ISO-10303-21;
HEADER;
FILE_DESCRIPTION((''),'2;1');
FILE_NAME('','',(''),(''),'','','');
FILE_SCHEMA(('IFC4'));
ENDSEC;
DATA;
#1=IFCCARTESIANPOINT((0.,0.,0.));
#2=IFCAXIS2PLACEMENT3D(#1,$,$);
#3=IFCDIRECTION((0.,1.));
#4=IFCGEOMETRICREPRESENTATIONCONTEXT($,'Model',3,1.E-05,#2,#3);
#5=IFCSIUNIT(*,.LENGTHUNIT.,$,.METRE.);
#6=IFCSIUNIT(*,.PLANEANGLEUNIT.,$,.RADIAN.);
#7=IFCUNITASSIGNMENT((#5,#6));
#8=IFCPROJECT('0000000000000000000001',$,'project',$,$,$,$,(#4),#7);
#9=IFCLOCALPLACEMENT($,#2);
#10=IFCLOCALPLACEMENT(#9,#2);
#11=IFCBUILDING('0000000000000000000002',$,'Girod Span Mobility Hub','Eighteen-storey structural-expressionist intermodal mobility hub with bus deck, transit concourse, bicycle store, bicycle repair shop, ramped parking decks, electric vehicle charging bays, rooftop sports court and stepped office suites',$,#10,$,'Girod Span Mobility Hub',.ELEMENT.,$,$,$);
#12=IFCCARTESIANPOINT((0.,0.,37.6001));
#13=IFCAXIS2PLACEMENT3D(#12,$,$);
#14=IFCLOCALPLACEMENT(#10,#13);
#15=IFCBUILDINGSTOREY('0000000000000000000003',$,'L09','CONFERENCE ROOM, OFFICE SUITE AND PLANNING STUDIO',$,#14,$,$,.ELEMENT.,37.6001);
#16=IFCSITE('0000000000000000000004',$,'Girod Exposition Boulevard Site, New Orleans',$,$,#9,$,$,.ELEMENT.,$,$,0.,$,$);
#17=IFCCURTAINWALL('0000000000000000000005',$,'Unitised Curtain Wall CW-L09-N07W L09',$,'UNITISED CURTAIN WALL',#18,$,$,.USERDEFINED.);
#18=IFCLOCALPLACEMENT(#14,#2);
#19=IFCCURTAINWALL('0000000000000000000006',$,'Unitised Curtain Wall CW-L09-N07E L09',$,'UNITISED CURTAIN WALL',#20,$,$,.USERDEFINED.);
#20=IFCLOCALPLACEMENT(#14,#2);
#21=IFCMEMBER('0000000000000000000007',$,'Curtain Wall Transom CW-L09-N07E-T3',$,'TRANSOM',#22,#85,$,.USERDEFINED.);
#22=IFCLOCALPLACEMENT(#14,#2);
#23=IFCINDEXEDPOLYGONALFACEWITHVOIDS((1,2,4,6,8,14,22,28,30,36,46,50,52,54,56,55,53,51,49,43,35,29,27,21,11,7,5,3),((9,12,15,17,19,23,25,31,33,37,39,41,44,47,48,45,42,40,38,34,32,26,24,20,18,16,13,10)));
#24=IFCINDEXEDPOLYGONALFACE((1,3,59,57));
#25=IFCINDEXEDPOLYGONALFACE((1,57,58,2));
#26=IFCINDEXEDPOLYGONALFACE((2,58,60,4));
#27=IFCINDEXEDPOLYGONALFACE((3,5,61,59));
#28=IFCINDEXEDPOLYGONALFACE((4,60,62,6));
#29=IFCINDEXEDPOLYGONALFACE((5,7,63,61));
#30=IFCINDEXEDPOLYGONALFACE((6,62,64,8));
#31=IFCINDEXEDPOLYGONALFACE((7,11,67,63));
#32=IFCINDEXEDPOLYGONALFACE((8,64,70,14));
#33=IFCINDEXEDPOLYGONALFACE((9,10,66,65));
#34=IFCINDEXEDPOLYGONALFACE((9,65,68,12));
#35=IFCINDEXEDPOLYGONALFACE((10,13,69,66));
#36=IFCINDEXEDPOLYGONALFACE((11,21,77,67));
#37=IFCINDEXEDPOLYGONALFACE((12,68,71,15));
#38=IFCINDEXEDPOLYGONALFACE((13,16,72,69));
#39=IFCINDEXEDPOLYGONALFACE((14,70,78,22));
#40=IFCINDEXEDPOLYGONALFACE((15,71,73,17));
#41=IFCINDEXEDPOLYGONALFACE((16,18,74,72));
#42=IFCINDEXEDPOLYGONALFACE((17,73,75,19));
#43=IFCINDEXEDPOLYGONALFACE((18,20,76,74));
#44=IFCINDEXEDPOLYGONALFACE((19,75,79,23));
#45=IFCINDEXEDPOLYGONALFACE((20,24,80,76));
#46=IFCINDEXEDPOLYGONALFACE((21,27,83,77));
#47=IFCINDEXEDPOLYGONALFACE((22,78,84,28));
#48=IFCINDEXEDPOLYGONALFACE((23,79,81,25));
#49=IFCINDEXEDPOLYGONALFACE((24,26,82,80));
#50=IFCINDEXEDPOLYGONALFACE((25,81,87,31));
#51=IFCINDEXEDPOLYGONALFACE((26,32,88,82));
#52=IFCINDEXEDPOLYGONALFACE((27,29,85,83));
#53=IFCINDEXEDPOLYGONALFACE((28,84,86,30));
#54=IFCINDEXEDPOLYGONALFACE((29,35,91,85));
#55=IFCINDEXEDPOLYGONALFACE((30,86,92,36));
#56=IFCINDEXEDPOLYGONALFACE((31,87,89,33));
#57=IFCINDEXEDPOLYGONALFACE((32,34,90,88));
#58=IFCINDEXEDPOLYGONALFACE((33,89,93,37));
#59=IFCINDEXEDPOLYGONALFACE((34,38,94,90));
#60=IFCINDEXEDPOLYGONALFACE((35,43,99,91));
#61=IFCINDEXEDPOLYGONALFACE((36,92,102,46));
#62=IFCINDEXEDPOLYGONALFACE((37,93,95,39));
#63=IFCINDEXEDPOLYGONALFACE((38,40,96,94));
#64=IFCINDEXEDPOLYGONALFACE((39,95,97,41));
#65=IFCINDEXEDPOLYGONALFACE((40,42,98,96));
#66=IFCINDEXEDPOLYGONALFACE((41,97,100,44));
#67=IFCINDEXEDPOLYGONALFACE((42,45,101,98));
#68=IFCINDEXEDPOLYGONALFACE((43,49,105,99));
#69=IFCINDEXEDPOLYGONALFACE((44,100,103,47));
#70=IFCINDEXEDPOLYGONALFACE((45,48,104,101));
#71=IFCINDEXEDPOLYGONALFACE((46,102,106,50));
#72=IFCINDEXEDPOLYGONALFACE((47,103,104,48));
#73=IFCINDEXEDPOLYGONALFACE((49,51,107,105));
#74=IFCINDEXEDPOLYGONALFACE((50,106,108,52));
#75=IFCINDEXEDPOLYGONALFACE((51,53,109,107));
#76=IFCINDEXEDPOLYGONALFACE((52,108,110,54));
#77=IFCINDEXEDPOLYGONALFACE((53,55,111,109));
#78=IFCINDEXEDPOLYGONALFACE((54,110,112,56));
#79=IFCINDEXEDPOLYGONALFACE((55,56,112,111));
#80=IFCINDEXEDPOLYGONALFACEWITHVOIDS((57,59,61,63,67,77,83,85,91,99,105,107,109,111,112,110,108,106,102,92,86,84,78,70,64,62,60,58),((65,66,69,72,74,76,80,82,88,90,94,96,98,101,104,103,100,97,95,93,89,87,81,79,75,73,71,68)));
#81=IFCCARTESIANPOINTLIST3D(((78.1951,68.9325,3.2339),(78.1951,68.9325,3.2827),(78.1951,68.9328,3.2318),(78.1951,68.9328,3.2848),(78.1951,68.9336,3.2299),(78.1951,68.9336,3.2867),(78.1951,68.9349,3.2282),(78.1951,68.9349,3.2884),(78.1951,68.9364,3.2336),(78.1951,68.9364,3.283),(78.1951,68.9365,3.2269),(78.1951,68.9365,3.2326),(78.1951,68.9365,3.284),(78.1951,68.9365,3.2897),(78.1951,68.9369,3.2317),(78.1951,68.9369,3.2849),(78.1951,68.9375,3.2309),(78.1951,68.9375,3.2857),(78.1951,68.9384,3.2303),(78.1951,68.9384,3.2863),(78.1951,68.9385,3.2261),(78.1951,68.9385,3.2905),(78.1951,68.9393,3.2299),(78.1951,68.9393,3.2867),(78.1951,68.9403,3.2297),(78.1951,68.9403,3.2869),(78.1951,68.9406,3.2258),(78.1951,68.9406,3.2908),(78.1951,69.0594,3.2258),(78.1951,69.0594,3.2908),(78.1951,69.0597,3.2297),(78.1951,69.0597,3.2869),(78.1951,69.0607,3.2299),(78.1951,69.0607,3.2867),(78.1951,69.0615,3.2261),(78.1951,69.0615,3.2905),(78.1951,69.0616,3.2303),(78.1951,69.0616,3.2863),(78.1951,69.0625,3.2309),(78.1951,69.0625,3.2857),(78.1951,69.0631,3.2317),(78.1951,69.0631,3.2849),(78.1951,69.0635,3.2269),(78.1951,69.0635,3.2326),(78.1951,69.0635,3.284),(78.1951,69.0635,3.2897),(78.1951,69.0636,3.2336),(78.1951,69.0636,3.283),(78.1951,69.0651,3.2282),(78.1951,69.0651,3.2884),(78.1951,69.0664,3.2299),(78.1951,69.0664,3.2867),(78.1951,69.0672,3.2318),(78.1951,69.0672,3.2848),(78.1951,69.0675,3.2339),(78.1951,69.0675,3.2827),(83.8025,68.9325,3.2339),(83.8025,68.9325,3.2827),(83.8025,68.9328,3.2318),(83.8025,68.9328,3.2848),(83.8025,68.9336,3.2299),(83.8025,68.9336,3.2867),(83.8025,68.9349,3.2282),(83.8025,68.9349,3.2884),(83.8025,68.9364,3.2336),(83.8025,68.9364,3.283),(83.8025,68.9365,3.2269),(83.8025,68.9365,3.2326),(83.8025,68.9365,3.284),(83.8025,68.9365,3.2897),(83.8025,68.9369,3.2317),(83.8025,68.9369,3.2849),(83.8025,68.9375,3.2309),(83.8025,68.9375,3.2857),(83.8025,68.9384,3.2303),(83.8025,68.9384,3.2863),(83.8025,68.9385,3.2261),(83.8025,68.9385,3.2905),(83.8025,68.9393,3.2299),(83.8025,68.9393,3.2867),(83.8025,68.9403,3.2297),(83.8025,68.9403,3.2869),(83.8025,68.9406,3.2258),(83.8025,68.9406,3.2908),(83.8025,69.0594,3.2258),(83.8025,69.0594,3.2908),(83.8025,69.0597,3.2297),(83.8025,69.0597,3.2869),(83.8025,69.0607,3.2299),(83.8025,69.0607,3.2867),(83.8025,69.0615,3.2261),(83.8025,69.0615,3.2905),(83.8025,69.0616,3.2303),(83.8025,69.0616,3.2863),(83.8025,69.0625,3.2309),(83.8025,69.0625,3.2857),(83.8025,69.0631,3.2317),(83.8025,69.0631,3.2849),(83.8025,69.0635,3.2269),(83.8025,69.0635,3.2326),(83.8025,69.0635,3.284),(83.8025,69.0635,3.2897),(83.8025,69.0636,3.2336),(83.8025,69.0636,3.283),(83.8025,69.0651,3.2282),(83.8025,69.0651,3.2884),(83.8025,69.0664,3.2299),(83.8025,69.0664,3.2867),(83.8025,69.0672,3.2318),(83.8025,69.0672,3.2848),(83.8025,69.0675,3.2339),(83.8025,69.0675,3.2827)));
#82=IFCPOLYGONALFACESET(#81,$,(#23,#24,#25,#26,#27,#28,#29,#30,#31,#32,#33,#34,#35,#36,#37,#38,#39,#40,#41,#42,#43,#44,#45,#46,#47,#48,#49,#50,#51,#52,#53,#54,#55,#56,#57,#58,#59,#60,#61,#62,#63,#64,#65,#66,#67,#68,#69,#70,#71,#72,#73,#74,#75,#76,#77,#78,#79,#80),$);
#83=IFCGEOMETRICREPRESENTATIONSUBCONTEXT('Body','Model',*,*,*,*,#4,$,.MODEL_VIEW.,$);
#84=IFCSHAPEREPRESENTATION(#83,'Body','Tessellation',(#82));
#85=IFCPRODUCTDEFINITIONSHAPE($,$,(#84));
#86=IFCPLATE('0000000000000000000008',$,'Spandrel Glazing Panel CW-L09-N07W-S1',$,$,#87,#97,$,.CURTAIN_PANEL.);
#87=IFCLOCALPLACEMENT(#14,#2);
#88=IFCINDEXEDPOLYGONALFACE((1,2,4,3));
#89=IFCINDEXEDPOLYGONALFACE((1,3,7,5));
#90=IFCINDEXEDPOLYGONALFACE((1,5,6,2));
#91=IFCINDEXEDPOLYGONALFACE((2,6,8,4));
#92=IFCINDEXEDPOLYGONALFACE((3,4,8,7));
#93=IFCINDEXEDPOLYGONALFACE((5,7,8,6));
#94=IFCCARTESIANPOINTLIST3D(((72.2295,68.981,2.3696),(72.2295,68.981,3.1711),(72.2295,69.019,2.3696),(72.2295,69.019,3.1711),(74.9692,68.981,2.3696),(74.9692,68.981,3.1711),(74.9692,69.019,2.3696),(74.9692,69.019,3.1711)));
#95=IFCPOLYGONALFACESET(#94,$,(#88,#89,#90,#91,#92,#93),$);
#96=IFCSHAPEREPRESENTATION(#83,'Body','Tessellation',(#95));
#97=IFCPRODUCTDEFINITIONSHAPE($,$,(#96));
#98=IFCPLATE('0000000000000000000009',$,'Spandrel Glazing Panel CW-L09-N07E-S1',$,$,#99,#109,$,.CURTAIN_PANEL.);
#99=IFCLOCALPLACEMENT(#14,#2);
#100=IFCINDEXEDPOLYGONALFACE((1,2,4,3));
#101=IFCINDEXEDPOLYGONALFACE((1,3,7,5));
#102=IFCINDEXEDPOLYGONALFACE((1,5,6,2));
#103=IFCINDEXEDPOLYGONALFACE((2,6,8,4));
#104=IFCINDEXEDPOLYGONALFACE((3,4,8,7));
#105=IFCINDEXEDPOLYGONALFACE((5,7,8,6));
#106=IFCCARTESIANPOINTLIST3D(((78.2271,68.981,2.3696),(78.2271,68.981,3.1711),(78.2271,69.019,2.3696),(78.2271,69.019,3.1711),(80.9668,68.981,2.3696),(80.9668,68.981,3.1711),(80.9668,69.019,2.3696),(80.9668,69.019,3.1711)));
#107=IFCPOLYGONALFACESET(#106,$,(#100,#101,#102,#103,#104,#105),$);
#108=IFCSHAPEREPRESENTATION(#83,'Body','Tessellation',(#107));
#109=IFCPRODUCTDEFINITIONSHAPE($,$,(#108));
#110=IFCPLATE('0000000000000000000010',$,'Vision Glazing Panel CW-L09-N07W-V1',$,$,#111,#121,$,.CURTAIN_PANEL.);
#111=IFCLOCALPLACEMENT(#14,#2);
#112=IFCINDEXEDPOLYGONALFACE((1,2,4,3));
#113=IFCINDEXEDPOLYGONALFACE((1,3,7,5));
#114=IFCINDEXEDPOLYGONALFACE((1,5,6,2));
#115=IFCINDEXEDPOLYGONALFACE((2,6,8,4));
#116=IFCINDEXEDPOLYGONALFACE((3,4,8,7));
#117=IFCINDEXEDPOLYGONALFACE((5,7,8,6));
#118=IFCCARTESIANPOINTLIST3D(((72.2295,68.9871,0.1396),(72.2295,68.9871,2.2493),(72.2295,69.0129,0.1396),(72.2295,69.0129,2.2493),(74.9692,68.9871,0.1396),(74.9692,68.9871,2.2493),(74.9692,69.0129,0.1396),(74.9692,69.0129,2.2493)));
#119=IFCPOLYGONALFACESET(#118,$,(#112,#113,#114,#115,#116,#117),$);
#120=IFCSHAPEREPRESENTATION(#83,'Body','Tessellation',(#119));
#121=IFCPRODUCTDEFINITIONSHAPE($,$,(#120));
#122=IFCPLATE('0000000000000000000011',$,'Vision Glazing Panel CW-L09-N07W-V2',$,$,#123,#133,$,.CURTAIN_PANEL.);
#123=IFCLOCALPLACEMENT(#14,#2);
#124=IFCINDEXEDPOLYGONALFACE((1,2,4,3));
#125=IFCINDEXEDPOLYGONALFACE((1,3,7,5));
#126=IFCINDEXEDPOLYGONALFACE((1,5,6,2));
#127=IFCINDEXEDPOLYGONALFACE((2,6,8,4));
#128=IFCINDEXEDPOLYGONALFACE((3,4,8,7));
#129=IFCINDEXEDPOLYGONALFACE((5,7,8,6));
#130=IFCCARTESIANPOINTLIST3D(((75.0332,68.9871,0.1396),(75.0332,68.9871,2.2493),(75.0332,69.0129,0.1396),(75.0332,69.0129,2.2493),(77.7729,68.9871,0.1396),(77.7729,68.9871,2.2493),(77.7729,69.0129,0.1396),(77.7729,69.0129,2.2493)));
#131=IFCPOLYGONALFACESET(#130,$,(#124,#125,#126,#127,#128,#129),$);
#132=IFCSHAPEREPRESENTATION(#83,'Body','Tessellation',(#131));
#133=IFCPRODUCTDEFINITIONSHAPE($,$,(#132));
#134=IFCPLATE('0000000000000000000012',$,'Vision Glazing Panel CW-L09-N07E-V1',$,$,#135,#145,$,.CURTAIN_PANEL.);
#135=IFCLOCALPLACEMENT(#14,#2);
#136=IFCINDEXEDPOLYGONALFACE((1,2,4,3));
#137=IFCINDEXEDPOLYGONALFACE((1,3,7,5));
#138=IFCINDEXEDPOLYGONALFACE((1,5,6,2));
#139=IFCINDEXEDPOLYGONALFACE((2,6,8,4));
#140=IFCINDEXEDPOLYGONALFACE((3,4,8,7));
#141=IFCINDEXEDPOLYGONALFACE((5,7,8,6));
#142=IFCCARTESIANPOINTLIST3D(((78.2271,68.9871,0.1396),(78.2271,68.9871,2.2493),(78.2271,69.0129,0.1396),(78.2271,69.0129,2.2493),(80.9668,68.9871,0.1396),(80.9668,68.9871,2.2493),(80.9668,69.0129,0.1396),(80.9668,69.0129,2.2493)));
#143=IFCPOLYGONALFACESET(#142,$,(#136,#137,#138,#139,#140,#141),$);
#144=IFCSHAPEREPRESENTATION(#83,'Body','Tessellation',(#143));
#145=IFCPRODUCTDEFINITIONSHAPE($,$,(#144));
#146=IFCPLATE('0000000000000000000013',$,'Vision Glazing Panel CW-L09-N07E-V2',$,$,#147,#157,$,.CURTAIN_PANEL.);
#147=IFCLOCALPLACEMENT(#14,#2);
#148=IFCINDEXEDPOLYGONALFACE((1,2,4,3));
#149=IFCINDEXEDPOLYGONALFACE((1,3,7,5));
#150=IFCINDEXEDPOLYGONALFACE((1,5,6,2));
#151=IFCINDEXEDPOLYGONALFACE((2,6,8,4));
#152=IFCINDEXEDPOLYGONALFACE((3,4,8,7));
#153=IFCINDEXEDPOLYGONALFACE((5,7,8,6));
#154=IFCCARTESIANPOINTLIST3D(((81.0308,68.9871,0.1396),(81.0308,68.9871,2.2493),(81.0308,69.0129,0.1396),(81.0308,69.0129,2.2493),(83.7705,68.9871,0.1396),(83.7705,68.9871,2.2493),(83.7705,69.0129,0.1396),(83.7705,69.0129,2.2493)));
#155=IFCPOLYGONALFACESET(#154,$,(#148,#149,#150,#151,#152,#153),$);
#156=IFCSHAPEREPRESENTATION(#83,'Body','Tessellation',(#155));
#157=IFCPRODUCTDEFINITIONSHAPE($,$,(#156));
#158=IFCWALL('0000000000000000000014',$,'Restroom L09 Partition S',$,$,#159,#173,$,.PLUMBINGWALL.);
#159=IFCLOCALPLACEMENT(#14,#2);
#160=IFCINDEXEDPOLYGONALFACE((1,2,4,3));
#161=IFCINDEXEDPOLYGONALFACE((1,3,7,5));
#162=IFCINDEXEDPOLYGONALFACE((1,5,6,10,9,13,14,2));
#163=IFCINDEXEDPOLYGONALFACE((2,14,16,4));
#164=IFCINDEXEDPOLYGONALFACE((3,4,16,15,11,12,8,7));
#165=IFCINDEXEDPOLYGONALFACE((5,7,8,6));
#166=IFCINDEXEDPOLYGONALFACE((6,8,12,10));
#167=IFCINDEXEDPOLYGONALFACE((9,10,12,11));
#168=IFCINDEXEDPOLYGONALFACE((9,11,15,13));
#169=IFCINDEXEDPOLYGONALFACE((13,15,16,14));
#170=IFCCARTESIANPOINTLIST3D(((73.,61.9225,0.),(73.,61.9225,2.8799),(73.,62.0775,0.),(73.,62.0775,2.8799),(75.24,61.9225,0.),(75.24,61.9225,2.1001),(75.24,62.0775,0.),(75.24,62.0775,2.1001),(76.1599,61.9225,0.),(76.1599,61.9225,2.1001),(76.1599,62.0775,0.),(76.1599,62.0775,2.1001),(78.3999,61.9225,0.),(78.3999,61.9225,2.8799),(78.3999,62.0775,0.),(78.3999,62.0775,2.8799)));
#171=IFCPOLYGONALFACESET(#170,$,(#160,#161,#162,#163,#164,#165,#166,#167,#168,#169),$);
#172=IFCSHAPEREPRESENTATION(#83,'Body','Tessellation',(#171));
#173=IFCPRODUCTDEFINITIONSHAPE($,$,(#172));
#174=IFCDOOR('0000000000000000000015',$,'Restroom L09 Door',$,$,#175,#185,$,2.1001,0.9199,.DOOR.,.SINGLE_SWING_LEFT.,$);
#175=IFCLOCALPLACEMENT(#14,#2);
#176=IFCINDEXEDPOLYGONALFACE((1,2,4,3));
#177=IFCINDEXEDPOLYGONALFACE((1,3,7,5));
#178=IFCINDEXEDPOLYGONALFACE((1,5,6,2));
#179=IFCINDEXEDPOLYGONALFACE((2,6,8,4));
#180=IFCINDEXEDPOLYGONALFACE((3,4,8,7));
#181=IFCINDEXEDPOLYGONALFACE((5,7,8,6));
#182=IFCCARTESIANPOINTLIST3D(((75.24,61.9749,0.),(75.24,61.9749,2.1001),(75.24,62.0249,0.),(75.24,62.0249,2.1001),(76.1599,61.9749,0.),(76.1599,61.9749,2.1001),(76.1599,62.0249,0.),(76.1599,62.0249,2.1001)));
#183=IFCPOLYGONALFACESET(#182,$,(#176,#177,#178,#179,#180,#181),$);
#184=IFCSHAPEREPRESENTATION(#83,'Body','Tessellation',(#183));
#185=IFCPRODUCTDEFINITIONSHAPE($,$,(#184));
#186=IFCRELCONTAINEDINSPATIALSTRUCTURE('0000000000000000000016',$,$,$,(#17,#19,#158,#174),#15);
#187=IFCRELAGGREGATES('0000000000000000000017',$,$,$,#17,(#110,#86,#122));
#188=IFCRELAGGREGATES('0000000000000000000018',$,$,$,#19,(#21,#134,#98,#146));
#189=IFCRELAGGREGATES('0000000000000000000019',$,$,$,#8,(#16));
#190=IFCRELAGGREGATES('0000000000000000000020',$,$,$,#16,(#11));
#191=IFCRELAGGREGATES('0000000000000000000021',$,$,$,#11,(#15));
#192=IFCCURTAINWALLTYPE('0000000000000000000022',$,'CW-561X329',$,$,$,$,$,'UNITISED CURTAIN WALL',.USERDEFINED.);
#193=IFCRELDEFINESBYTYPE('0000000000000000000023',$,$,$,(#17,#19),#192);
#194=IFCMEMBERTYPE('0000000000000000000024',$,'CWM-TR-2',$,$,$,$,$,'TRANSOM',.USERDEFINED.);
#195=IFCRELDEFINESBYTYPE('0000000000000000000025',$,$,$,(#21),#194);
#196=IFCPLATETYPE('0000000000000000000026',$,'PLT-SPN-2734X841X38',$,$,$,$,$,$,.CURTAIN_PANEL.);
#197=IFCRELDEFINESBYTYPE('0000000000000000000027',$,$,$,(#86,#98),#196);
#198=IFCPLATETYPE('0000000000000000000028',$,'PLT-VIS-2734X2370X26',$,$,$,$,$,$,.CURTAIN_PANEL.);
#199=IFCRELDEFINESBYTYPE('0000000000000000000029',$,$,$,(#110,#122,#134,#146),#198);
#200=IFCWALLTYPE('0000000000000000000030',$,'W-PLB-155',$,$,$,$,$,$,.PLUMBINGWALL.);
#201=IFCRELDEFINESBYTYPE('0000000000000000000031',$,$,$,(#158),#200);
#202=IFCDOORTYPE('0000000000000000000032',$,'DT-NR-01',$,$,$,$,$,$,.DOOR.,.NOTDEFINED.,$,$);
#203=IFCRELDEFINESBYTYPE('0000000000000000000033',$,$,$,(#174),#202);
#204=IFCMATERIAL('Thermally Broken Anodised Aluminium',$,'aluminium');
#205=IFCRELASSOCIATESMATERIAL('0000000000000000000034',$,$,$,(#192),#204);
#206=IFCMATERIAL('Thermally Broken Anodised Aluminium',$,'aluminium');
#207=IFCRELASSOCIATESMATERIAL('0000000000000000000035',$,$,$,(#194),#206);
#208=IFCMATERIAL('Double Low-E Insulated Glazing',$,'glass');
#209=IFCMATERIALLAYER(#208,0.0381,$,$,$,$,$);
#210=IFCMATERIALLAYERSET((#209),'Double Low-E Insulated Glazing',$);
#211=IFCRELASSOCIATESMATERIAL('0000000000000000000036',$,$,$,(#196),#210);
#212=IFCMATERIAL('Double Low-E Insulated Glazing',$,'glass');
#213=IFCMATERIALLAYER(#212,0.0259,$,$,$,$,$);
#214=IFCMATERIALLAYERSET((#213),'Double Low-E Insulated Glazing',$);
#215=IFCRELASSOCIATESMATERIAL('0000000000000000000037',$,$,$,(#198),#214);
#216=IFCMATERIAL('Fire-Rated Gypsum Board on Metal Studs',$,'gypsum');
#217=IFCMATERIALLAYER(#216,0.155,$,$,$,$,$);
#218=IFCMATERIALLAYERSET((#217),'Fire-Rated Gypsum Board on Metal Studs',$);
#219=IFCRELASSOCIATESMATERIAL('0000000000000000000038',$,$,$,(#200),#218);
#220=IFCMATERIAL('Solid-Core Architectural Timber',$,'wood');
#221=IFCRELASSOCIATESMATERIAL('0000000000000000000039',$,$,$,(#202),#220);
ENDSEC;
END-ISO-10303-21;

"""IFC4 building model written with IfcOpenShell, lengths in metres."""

from ifc_helpers import new_model, si_unit, direction, frame, frame_2d, origin, origin_2d, place, context, subcontext, project, spatial, rectangle, hollow_rectangle, extrude, material, layer, layer_set, material_profile, profile_set, type_object, element, fill, aggregate, save


model = new_model("IFC4")

# Units and contexts
model_context = context("Model", 3, precision=1e-05, world=origin(), true_north=direction((0.0, 1.0)))
body_context = subcontext(model_context, "Body", "Model", "MODEL_VIEW")
ifc_project = project(units=[si_unit("LENGTHUNIT", "METRE"), si_unit("PLANEANGLEUNIT", "RADIAN")], contexts=[model_context])

# Site, building, storey
site_placement = place(None, origin())
site = spatial("IfcSite", under=ifc_project, at=site_placement, Name="Girod Exposition Boulevard Site, New Orleans", CompositionType="ELEMENT", RefElevation=0.0)
building_placement = place(site_placement, origin())
building = spatial("IfcBuilding", under=site, at=building_placement, Name="Girod Span Mobility Hub", Description="Eighteen-storey structural-expressionist intermodal mobility hub with bus deck, transit concourse, bicycle store, bicycle repair shop, ramped parking decks, electric vehicle charging bays, rooftop sports court and stepped office suites", LongName="Girod Span Mobility Hub", CompositionType="ELEMENT")
storey_placement = place(building_placement, frame((0.0, 0.0, 37.6001)))
storey = spatial("IfcBuildingStorey", under=building, at=storey_placement, Name="L09", Description="CONFERENCE ROOM, OFFICE SUITE AND PLANNING STUDIO", CompositionType="ELEMENT", Elevation=37.6001)

# Shared definitions
ifc_material_1 = material(Name="Thermally Broken Anodised Aluminium", Category="aluminium")
curtain_wall_type = type_object("IfcCurtainWallType", Name="CW-561X329", ElementType="UNITISED CURTAIN WALL", PredefinedType="USERDEFINED", material=ifc_material_1)

# Curtain walls
curtain_wall_1_placement = place(storey_placement, origin())
curtain_wall_1 = element("IfcCurtainWall", 1, at=curtain_wall_1_placement, inside=storey, type_object=curtain_wall_type, Name="Unitised Curtain Wall CW-L09-N07W L09", ObjectType="UNITISED CURTAIN WALL", PredefinedType="USERDEFINED")
curtain_wall_2_placement = place(storey_placement, origin())
curtain_wall_2 = element("IfcCurtainWall", 2, at=curtain_wall_2_placement, inside=storey, type_object=curtain_wall_type, Name="Unitised Curtain Wall CW-L09-N07E L09", ObjectType="UNITISED CURTAIN WALL", PredefinedType="USERDEFINED")

# Member
ifc_material_2 = material(Name="Thermally Broken Anodised Aluminium", Category="aluminium")
ifc_material_profile_1 = material_profile(ifc_material_2, hollow_rectangle(XDim=0.135, YDim=0.0649, WallThickness=0.0039, InnerFilletRadius=0.0039, OuterFilletRadius=0.0081, at=origin_2d()), Name="CW-TR-65X135")
ifc_profile_set_1 = profile_set([ifc_material_profile_1], Name="Thermally Broken Anodised Aluminium")
member_type_1 = type_object("IfcMemberType", Name="CWM-TR-2", ElementType="TRANSOM", PredefinedType="USERDEFINED", material=ifc_profile_set_1)
member_1_placement = place(storey_placement, frame((78.1951, 69.0, 3.2583), z_axis=(1.0, 0.0, 0.0), x_axis=(0.0, 1.0, 0.0)))
member_1 = element("IfcMember", 3, at=member_1_placement, type_object=member_type_1, Name="Curtain Wall Transom CW-L09-N07E-T3", ObjectType="TRANSOM", PredefinedType="USERDEFINED", context=body_context, shape_type="SweptSolid", body=[
    extrude(hollow_rectangle(XDim=0.135, YDim=0.0649, WallThickness=0.0039, InnerFilletRadius=0.0039, OuterFilletRadius=0.0081, at=origin_2d()), origin(), (0.0, 0.0, 1.0), 5.6074),
])

# Plates
ifc_material_3 = material(Name="Double Low-E Insulated Glazing", Category="glass")
ifc_layer_1 = layer(ifc_material_3, 0.0381)
ifc_layer_set_1 = layer_set([ifc_layer_1], Name="Double Low-E Insulated Glazing")
plate_type_1 = type_object("IfcPlateType", Name="PLT-SPN-2734X841X38", PredefinedType="CURTAIN_PANEL", material=ifc_layer_set_1)
plate_1_placement = place(storey_placement, frame((73.5994, 69.0, 2.3696), z_axis=(0.0, 0.0, 1.0), x_axis=(1.0, 0.0, 0.0)))
plate_1 = element("IfcPlate", 4, at=plate_1_placement, type_object=plate_type_1, Name="Spandrel Glazing Panel CW-L09-N07W-S1", PredefinedType="CURTAIN_PANEL", context=body_context, shape_type="SweptSolid", body=[
    extrude(rectangle(XDim=2.7397, YDim=0.0381, at=origin_2d()), origin(), (0.0, 0.0, 1.0), 0.8015),
])
plate_2_placement = place(storey_placement, frame((79.5969, 69.0, 2.3696), z_axis=(0.0, 0.0, 1.0), x_axis=(1.0, 0.0, 0.0)))
plate_2 = element("IfcPlate", 5, at=plate_2_placement, type_object=plate_type_1, Name="Spandrel Glazing Panel CW-L09-N07E-S1", PredefinedType="CURTAIN_PANEL", context=body_context, shape_type="SweptSolid", body=[
    extrude(rectangle(XDim=2.7397, YDim=0.0381, at=origin_2d()), origin(), (0.0, 0.0, 1.0), 0.8015),
])
ifc_material_4 = material(Name="Double Low-E Insulated Glazing", Category="glass")
ifc_layer_2 = layer(ifc_material_4, 0.0259)
ifc_layer_set_2 = layer_set([ifc_layer_2], Name="Double Low-E Insulated Glazing")
plate_type_2 = type_object("IfcPlateType", Name="PLT-VIS-2734X2370X26", PredefinedType="CURTAIN_PANEL", material=ifc_layer_set_2)
plate_3_placement = place(storey_placement, frame((73.5994, 69.0, 0.1396), z_axis=(0.0, 0.0, 1.0), x_axis=(1.0, 0.0, 0.0)))
plate_3 = element("IfcPlate", 6, at=plate_3_placement, type_object=plate_type_2, Name="Vision Glazing Panel CW-L09-N07W-V1", PredefinedType="CURTAIN_PANEL", context=body_context, shape_type="SweptSolid", body=[
    extrude(rectangle(XDim=2.7397, YDim=0.0259, at=origin_2d()), origin(), (0.0, 0.0, 1.0), 2.1096),
])
plate_4_placement = place(storey_placement, frame((76.4031, 69.0, 0.1396), z_axis=(0.0, 0.0, 1.0), x_axis=(1.0, 0.0, 0.0)))
plate_4 = element("IfcPlate", 7, at=plate_4_placement, type_object=plate_type_2, Name="Vision Glazing Panel CW-L09-N07W-V2", PredefinedType="CURTAIN_PANEL", context=body_context, shape_type="SweptSolid", body=[
    extrude(rectangle(XDim=2.7397, YDim=0.0259, at=origin_2d()), origin(), (0.0, 0.0, 1.0), 2.1096),
])
aggregate(curtain_wall_1, [plate_3, plate_1, plate_4])
plate_5_placement = place(storey_placement, frame((79.5969, 69.0, 0.1396), z_axis=(0.0, 0.0, 1.0), x_axis=(1.0, 0.0, 0.0)))
plate_5 = element("IfcPlate", 8, at=plate_5_placement, type_object=plate_type_2, Name="Vision Glazing Panel CW-L09-N07E-V1", PredefinedType="CURTAIN_PANEL", context=body_context, shape_type="SweptSolid", body=[
    extrude(rectangle(XDim=2.7397, YDim=0.0259, at=origin_2d()), origin(), (0.0, 0.0, 1.0), 2.1096),
])
plate_6_placement = place(storey_placement, frame((82.4006, 69.0, 0.1396), z_axis=(0.0, 0.0, 1.0), x_axis=(1.0, 0.0, 0.0)))
plate_6 = element("IfcPlate", 9, at=plate_6_placement, type_object=plate_type_2, Name="Vision Glazing Panel CW-L09-N07E-V2", PredefinedType="CURTAIN_PANEL", context=body_context, shape_type="SweptSolid", body=[
    extrude(rectangle(XDim=2.7397, YDim=0.0259, at=origin_2d()), origin(), (0.0, 0.0, 1.0), 2.1096),
])
aggregate(curtain_wall_2, [member_1, plate_5, plate_2, plate_6])

# Wall, opening, door
ifc_material_5 = material(Name="Fire-Rated Gypsum Board on Metal Studs", Category="gypsum")
ifc_layer_3 = layer(ifc_material_5, 0.155)
ifc_layer_set_3 = layer_set([ifc_layer_3], Name="Fire-Rated Gypsum Board on Metal Studs")
wall_type = type_object("IfcWallType", Name="W-PLB-155", PredefinedType="PLUMBINGWALL", material=ifc_layer_set_3)
wall_1_placement = place(storey_placement, frame((73.0, 62.0, 0.0), z_axis=(0.0, 0.0, 1.0), x_axis=(1.0, 0.0, 0.0)))
wall_1 = element("IfcWall", 10, at=wall_1_placement, inside=storey, type_object=wall_type, Name="Restroom L09 Partition S", PredefinedType="PLUMBINGWALL", context=body_context, shape_type="SweptSolid", body=[
    extrude(rectangle(XDim=5.3999, YDim=0.155, at=frame_2d((2.7, 0.0))), origin(), (0.0, 0.0, 1.0), 2.8799),
])
opening_1_placement = place(wall_1_placement, frame((2.24, 0.0, 0.0)))
opening_1 = element("IfcOpeningElement", 11, at=opening_1_placement, cuts=wall_1, PredefinedType="OPENING", context=body_context, shape_type="SweptSolid", body=[
    extrude(rectangle(XDim=0.9199, YDim=2.1001, at=frame_2d((0.46, 1.05))), frame((0.0, 0.0925, 0.0), z_axis=(0.0, -1.0, 0.0), x_axis=(1.0, 0.0, 0.0)), (0.0, 0.0, 1.0), 0.1851),
])
ifc_material_6 = material(Name="Solid-Core Architectural Timber", Category="wood")
door_type_1 = type_object("IfcDoorType", Name="DT-NR-01", OperationType="NOTDEFINED", PredefinedType="DOOR", material=ifc_material_6)
door_1_placement = place(opening_1_placement, origin())
door_1 = element("IfcDoor", 12, at=door_1_placement, inside=storey, type_object=door_type_1, Name="Restroom L09 Door", OperationType="SINGLE_SWING_LEFT", OverallHeight=2.1001, OverallWidth=0.9199, PredefinedType="DOOR", context=body_context, shape_type="SweptSolid", body=[
    extrude(rectangle(XDim=0.9199, YDim=2.1001, at=frame_2d((0.46, 1.05))), frame((0.0, 0.0249, 0.0), z_axis=(0.0, -1.0, 0.0), x_axis=(1.0, 0.0, 0.0)), (0.0, 0.0, 1.0), 0.05),
])
fill(opening_1, door_1)

save(model, "model.ifc")
